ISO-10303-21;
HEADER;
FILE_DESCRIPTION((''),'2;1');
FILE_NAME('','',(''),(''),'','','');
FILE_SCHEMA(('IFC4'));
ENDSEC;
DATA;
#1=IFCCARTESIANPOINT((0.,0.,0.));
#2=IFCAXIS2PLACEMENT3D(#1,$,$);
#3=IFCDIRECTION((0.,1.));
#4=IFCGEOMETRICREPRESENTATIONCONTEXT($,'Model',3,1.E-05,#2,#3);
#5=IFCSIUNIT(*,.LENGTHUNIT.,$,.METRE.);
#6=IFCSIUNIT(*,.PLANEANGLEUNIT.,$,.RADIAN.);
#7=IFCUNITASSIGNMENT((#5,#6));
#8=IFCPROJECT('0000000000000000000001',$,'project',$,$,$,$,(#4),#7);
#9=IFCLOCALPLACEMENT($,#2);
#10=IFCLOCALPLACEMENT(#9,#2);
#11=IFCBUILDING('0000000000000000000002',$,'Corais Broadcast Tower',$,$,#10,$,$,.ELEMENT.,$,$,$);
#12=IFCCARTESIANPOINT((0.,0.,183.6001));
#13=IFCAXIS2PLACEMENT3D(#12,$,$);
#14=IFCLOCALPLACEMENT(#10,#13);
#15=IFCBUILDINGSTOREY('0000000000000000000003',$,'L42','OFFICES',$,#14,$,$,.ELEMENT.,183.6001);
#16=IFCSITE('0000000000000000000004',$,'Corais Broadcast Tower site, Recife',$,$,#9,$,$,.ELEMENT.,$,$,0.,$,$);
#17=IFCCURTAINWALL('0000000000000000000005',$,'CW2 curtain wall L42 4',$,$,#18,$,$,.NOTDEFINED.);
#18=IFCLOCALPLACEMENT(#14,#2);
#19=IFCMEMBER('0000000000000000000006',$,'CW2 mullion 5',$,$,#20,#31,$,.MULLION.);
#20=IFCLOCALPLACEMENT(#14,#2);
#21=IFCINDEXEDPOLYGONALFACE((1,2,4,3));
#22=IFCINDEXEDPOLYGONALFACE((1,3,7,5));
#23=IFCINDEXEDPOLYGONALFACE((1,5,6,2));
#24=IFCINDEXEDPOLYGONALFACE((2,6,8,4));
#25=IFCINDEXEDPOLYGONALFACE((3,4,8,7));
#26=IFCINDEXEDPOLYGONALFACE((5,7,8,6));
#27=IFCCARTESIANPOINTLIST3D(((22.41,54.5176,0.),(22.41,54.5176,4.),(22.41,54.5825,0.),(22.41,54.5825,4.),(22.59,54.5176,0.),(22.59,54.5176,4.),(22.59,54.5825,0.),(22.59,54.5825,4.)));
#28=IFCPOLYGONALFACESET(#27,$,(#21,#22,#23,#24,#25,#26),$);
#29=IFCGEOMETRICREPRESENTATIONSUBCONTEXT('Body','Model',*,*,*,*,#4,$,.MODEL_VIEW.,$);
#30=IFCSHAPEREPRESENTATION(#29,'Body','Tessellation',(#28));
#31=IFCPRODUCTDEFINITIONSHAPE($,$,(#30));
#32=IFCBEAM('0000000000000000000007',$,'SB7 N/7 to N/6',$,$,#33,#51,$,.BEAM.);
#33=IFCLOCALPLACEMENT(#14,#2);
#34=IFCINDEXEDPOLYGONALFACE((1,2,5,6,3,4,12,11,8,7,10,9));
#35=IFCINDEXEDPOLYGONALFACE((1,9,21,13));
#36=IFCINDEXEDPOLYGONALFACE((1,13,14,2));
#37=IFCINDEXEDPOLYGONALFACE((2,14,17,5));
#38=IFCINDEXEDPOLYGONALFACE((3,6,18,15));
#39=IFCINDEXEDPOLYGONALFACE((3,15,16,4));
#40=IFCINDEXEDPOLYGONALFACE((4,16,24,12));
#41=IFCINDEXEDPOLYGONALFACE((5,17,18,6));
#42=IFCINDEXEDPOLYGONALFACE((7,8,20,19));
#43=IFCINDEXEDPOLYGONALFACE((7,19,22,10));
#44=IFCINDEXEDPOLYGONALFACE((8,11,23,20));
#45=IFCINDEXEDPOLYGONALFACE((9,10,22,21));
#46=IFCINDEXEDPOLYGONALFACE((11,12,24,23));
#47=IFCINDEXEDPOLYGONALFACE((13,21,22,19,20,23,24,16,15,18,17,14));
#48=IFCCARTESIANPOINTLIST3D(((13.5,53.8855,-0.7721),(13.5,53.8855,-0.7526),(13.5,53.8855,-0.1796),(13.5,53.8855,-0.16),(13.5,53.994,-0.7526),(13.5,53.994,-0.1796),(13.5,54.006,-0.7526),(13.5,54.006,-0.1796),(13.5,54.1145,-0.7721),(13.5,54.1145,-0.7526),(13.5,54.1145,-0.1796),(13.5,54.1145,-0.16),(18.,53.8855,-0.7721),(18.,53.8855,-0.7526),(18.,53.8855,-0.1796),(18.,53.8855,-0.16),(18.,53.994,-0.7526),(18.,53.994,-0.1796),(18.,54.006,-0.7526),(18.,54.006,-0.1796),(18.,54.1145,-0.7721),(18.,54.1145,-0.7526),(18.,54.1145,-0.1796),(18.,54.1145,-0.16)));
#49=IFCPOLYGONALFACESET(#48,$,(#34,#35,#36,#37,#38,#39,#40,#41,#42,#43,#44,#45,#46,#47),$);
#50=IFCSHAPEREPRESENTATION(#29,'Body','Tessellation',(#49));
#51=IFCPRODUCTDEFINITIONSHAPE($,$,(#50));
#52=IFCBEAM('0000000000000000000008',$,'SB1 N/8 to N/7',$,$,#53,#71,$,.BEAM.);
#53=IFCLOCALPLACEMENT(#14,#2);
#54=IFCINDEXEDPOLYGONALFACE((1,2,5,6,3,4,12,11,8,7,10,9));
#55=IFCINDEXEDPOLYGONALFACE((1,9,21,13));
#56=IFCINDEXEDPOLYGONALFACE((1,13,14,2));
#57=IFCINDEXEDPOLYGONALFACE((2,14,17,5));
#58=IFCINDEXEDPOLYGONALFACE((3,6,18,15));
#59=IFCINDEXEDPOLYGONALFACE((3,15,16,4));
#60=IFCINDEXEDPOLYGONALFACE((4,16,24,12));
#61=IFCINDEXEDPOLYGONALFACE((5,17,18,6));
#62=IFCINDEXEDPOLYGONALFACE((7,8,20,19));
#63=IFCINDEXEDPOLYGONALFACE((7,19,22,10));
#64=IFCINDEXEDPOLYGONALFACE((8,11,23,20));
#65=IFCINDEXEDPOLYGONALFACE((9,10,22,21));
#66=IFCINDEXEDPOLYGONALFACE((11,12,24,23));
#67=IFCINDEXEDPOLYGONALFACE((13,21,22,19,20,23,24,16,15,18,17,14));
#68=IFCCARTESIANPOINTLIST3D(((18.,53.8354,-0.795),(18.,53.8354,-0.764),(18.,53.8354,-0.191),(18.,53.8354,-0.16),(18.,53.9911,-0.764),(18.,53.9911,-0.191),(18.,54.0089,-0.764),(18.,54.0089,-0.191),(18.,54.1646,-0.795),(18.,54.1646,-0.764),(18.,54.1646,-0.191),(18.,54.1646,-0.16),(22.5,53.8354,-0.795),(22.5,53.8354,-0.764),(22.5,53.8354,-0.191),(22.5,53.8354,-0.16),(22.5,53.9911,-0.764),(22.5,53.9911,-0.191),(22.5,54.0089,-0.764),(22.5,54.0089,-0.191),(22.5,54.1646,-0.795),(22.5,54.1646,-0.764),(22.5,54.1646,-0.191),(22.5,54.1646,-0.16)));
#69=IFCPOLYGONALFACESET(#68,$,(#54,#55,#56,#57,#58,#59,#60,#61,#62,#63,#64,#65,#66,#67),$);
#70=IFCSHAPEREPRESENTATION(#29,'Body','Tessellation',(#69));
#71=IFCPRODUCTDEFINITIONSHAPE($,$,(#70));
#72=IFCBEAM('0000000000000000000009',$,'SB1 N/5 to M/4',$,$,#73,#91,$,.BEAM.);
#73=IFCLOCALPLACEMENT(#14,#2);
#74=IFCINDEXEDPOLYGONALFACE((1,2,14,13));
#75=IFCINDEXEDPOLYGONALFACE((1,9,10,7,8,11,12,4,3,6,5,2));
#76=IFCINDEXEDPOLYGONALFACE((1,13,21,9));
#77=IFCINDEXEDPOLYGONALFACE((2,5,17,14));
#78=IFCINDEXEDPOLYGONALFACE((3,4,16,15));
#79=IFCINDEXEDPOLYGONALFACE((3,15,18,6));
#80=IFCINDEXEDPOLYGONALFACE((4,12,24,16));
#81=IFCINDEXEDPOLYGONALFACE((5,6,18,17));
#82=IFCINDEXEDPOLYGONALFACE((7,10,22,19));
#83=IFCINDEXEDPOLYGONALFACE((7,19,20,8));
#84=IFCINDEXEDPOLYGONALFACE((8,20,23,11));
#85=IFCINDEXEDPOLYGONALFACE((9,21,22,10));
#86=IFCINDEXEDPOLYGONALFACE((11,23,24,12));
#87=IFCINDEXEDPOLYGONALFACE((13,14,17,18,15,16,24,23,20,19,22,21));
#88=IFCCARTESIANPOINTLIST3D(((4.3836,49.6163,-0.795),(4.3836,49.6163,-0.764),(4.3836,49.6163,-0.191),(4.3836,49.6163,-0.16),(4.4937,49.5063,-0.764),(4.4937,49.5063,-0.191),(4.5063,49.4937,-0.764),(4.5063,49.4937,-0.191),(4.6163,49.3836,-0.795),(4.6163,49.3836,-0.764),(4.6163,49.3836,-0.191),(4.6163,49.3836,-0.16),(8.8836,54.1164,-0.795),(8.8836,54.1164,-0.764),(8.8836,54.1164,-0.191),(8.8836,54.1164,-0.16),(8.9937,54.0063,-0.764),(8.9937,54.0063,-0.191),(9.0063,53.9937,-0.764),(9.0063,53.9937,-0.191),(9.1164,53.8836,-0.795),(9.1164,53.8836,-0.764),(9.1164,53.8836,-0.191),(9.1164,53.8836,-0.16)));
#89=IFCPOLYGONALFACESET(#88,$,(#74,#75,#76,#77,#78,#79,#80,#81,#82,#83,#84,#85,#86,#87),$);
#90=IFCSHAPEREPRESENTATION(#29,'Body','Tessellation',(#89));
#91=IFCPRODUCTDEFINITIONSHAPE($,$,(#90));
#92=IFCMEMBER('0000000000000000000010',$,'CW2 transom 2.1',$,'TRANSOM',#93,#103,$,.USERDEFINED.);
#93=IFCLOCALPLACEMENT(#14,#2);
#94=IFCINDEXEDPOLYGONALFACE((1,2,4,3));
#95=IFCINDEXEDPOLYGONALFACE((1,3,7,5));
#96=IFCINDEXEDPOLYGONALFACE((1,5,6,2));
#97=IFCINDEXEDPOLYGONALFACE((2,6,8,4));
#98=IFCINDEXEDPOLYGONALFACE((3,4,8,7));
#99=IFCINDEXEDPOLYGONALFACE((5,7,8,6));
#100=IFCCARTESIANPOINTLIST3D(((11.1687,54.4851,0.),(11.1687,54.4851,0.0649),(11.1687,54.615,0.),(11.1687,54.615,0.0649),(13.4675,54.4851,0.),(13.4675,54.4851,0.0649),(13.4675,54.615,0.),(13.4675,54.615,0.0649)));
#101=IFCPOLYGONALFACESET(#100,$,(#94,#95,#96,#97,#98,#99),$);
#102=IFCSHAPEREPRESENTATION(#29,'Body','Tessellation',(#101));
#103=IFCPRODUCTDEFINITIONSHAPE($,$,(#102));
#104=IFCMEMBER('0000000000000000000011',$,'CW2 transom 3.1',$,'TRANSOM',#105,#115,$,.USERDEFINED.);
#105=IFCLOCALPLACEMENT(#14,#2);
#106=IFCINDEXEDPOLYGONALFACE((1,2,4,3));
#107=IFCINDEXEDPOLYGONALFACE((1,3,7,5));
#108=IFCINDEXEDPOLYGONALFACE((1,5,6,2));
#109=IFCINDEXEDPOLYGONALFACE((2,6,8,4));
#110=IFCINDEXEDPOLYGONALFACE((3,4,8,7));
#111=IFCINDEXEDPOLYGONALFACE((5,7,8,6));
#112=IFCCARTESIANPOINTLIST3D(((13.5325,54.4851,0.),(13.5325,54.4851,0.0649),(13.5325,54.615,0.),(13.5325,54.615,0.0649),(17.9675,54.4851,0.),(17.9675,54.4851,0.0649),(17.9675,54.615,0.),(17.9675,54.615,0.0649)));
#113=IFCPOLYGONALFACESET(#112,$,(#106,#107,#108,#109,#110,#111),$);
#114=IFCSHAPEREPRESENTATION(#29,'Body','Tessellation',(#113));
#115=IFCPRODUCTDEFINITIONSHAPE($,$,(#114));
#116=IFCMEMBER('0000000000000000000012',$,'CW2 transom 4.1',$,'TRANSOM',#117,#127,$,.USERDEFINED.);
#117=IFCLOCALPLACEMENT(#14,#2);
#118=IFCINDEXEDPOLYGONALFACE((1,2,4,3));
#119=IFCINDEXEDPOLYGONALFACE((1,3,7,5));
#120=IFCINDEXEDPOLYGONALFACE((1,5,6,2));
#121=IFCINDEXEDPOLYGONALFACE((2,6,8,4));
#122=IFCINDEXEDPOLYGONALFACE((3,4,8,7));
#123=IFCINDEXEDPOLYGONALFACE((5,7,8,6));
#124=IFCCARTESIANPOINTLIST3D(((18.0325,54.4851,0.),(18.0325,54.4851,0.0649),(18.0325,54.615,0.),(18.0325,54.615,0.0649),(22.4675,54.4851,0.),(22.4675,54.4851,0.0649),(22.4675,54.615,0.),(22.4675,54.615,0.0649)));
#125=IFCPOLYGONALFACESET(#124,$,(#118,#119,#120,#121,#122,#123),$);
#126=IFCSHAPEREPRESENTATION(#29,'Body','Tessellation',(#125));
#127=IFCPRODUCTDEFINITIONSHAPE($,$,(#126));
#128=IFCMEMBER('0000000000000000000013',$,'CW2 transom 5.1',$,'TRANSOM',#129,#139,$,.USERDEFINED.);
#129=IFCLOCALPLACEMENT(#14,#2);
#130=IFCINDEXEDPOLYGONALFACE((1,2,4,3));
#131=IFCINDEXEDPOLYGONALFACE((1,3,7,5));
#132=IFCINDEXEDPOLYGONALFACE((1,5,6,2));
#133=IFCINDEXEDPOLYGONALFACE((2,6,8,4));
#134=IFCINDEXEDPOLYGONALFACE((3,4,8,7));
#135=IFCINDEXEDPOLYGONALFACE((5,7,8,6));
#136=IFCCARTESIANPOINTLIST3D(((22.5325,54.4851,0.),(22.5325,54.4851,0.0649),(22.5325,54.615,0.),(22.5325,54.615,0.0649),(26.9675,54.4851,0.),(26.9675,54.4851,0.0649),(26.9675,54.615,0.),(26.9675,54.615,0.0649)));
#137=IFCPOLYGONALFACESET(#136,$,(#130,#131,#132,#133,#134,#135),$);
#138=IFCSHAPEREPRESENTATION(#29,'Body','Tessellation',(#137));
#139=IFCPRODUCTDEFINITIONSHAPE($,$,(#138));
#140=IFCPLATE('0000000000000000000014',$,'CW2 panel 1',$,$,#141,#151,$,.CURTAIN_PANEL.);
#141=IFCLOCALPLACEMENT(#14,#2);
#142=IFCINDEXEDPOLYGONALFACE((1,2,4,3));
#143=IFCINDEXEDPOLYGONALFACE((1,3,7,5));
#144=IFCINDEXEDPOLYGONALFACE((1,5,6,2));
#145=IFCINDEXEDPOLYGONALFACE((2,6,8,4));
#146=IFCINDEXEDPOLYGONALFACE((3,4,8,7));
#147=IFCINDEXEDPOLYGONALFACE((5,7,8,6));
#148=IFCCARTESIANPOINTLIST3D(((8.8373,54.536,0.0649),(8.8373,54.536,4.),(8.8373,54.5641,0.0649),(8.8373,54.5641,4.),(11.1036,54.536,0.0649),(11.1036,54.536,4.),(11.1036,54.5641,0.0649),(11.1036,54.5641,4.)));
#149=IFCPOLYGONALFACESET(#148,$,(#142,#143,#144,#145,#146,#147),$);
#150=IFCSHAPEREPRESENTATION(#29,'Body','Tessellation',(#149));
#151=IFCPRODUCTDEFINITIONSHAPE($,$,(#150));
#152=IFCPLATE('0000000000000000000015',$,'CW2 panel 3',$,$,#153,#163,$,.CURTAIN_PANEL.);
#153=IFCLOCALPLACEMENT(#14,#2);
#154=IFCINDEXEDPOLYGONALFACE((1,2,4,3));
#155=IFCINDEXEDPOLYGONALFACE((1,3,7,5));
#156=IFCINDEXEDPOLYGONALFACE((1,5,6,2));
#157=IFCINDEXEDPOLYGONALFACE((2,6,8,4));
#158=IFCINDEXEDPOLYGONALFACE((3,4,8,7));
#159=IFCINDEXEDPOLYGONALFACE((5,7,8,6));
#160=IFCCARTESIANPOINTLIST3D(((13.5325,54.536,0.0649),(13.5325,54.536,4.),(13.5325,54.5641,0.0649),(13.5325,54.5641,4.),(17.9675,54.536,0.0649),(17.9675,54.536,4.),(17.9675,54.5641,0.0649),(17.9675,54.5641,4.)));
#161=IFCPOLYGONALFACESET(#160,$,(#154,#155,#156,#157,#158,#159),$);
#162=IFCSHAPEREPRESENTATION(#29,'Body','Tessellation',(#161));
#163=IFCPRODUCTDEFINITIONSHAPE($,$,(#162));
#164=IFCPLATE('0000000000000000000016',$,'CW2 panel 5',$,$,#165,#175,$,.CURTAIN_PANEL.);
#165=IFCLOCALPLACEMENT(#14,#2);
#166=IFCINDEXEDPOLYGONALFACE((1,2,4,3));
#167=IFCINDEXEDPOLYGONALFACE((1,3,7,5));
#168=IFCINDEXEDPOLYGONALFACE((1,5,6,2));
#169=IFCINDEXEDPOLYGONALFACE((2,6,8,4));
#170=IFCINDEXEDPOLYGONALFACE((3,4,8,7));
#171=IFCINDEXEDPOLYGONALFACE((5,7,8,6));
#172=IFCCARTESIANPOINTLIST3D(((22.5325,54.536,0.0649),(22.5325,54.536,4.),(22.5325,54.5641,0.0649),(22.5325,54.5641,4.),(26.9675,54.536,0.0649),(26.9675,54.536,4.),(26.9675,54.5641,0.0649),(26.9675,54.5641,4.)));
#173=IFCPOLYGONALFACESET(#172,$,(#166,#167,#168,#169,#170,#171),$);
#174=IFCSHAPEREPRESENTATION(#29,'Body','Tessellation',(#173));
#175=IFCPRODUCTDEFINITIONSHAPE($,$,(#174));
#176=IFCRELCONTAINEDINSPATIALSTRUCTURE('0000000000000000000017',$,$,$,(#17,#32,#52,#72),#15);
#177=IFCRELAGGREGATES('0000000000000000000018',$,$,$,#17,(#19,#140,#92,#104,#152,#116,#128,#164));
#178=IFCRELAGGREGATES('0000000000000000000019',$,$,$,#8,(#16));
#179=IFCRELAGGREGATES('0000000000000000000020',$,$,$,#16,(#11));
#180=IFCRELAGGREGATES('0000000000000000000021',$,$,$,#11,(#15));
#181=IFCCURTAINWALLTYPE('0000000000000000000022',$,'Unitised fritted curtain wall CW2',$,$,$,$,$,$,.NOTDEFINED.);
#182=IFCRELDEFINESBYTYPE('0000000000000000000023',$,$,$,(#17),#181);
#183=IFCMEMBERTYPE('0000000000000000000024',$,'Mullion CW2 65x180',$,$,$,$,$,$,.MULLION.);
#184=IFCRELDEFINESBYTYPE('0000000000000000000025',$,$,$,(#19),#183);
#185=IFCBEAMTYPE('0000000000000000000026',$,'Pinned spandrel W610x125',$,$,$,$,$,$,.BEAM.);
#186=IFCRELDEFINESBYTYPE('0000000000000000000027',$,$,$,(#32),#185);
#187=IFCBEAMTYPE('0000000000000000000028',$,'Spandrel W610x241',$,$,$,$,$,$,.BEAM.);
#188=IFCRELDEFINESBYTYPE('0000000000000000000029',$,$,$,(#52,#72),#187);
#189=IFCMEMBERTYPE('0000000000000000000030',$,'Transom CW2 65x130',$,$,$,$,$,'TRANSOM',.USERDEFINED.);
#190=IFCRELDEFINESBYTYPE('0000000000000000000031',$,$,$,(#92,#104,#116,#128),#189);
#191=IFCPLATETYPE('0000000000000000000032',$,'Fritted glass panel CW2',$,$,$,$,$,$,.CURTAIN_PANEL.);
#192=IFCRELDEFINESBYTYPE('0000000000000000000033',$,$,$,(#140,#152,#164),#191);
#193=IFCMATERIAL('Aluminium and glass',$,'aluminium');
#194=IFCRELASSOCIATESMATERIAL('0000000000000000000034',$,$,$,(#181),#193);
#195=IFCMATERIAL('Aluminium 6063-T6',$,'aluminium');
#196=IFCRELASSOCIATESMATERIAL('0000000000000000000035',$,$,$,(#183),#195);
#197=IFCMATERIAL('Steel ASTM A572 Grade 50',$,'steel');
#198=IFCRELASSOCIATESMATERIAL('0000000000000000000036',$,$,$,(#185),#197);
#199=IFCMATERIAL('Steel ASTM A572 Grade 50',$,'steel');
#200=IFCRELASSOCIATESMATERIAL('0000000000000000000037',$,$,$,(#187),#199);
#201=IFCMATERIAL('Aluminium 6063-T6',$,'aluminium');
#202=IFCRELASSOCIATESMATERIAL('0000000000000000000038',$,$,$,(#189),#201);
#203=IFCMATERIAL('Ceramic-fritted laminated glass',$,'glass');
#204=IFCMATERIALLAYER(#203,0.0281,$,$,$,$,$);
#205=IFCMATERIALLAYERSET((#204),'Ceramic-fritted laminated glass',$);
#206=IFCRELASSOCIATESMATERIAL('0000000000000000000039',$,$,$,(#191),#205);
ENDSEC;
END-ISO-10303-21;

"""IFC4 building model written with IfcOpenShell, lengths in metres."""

from ifc_helpers import new_model, si_unit, direction, frame, origin, origin_2d, place, context, subcontext, project, spatial, rectangle, i_section, extrude, material, layer, layer_set, material_profile, profile_set, type_object, element, aggregate, save


model = new_model("IFC4")

# Units and contexts
model_context = context("Model", 3, precision=1e-05, world=origin(), true_north=direction((0.0, 1.0)))
body_context = subcontext(model_context, "Body", "Model", "MODEL_VIEW")
ifc_project = project(units=[si_unit("LENGTHUNIT", "METRE"), si_unit("PLANEANGLEUNIT", "RADIAN")], contexts=[model_context])

# Site, building, storey
site_placement = place(None, origin())
site = spatial("IfcSite", under=ifc_project, at=site_placement, Name="Corais Broadcast Tower site, Recife", CompositionType="ELEMENT", RefElevation=0.0)
building_placement = place(site_placement, origin())
building = spatial("IfcBuilding", under=site, at=building_placement, Name="Corais Broadcast Tower", CompositionType="ELEMENT")
storey_placement = place(building_placement, frame((0.0, 0.0, 183.6001)))
storey = spatial("IfcBuildingStorey", under=building, at=storey_placement, Name="L42", Description="OFFICES", CompositionType="ELEMENT", Elevation=183.6001)

# Curtain wall, member
ifc_material_1 = material(Name="Aluminium and glass", Category="aluminium")
curtain_wall_type = type_object("IfcCurtainWallType", Name="Unitised fritted curtain wall CW2", PredefinedType="NOTDEFINED", material=ifc_material_1)
curtain_wall_placement = place(storey_placement, origin())
curtain_wall = element("IfcCurtainWall", 1, at=curtain_wall_placement, inside=storey, type_object=curtain_wall_type, Name="CW2 curtain wall L42 4", PredefinedType="NOTDEFINED")
ifc_material_2 = material(Name="Aluminium 6063-T6", Category="aluminium")
ifc_material_profile_1 = material_profile(ifc_material_2, rectangle(XDim=0.0649, YDim=0.1799, at=origin_2d()), Name="Mullion CW2 65x180")
ifc_profile_set_1 = profile_set([ifc_material_profile_1], Name="Aluminium 6063-T6")
member_type_1 = type_object("IfcMemberType", Name="Mullion CW2 65x180", PredefinedType="MULLION", material=ifc_profile_set_1)
member_1_placement = place(storey_placement, frame((22.5, 54.55, 0.0), z_axis=(0.0, 0.0, 1.0), x_axis=(0.0, 1.0, 0.0)))
member_1 = element("IfcMember", 2, at=member_1_placement, type_object=member_type_1, Name="CW2 mullion 5", PredefinedType="MULLION", context=body_context, shape_type="SweptSolid", body=[
    extrude(rectangle(XDim=0.0649, YDim=0.1799, at=origin_2d()), origin(), (0.0, 0.0, 1.0), 4.0),
])

# Beams
ifc_material_3 = material(Name="Steel ASTM A572 Grade 50", Category="steel")
ifc_material_profile_2 = material_profile(ifc_material_3, i_section(OverallWidth=0.229, OverallDepth=0.6121, WebThickness=0.012, FlangeThickness=0.0195, at=origin_2d()), Name="W610x125")
ifc_profile_set_2 = profile_set([ifc_material_profile_2], Name="Steel ASTM A572 Grade 50")
beam_type_1 = type_object("IfcBeamType", Name="Pinned spandrel W610x125", PredefinedType="BEAM", material=ifc_profile_set_2)
beam_1_placement = place(storey_placement, frame((18.0, 54.0, -0.4661), z_axis=(-1.0, 0.0, 0.0), x_axis=(0.0, -1.0, 0.0)))
element("IfcBeam", 3, at=beam_1_placement, inside=storey, type_object=beam_type_1, Name="SB7 N/7 to N/6", PredefinedType="BEAM", context=body_context, shape_type="SweptSolid", body=[
    extrude(i_section(OverallWidth=0.229, OverallDepth=0.6121, WebThickness=0.012, FlangeThickness=0.0195, at=origin_2d()), origin(), (0.0, 0.0, 1.0), 4.5),
])
ifc_material_4 = material(Name="Steel ASTM A572 Grade 50", Category="steel")
ifc_material_profile_3 = material_profile(ifc_material_4, i_section(OverallWidth=0.3291, OverallDepth=0.635, WebThickness=0.0178, FlangeThickness=0.031, at=origin_2d()), Name="W610x241")
ifc_profile_set_3 = profile_set([ifc_material_profile_3], Name="Steel ASTM A572 Grade 50")
beam_type_2 = type_object("IfcBeamType", Name="Spandrel W610x241", PredefinedType="BEAM", material=ifc_profile_set_3)
beam_2_placement = place(storey_placement, frame((22.5, 54.0, -0.4775), z_axis=(-1.0, 0.0, 0.0), x_axis=(0.0, -1.0, 0.0)))
element("IfcBeam", 4, at=beam_2_placement, inside=storey, type_object=beam_type_2, Name="SB1 N/8 to N/7", PredefinedType="BEAM", context=body_context, shape_type="SweptSolid", body=[
    extrude(i_section(OverallWidth=0.3291, OverallDepth=0.635, WebThickness=0.0178, FlangeThickness=0.031, at=origin_2d()), origin(), (0.0, 0.0, 1.0), 4.5),
])
beam_3_placement = place(storey_placement, frame((9.0, 54.0, -0.4775), z_axis=(-0.707107, -0.707107, 0.0), x_axis=(0.707107, -0.707107, 0.0)))
element("IfcBeam", 5, at=beam_3_placement, inside=storey, type_object=beam_type_2, Name="SB1 N/5 to M/4", PredefinedType="BEAM", context=body_context, shape_type="SweptSolid", body=[
    extrude(i_section(OverallWidth=0.3291, OverallDepth=0.635, WebThickness=0.0178, FlangeThickness=0.031, at=origin_2d()), origin(), (0.0, 0.0, 1.0), 6.364),
])

# Members
ifc_material_5 = material(Name="Aluminium 6063-T6", Category="aluminium")
ifc_material_profile_4 = material_profile(ifc_material_5, rectangle(XDim=0.1299, YDim=0.0649, at=origin_2d()), Name="Transom CW2 65x130")
ifc_profile_set_4 = profile_set([ifc_material_profile_4], Name="Aluminium 6063-T6")
member_type_2 = type_object("IfcMemberType", Name="Transom CW2 65x130", ElementType="TRANSOM", PredefinedType="USERDEFINED", material=ifc_profile_set_4)
member_2_placement = place(storey_placement, frame((11.1687, 54.55, 0.0325), z_axis=(1.0, 0.0, 0.0), x_axis=(0.0, 1.0, 0.0)))
member_2 = element("IfcMember", 6, at=member_2_placement, type_object=member_type_2, Name="CW2 transom 2.1", ObjectType="TRANSOM", PredefinedType="USERDEFINED", context=body_context, shape_type="SweptSolid", body=[
    extrude(rectangle(XDim=0.1299, YDim=0.0649, at=origin_2d()), origin(), (0.0, 0.0, 1.0), 2.2988),
])
member_3_placement = place(storey_placement, frame((13.5325, 54.55, 0.0325), z_axis=(1.0, 0.0, 0.0), x_axis=(0.0, 1.0, 0.0)))
member_3 = element("IfcMember", 7, at=member_3_placement, type_object=member_type_2, Name="CW2 transom 3.1", ObjectType="TRANSOM", PredefinedType="USERDEFINED", context=body_context, shape_type="SweptSolid", body=[
    extrude(rectangle(XDim=0.1299, YDim=0.0649, at=origin_2d()), origin(), (0.0, 0.0, 1.0), 4.4351),
])
member_4_placement = place(storey_placement, frame((18.0325, 54.55, 0.0325), z_axis=(1.0, 0.0, 0.0), x_axis=(0.0, 1.0, 0.0)))
member_4 = element("IfcMember", 8, at=member_4_placement, type_object=member_type_2, Name="CW2 transom 4.1", ObjectType="TRANSOM", PredefinedType="USERDEFINED", context=body_context, shape_type="SweptSolid", body=[
    extrude(rectangle(XDim=0.1299, YDim=0.0649, at=origin_2d()), origin(), (0.0, 0.0, 1.0), 4.4351),
])
member_5_placement = place(storey_placement, frame((22.5325, 54.55, 0.0325), z_axis=(1.0, 0.0, 0.0), x_axis=(0.0, 1.0, 0.0)))
member_5 = element("IfcMember", 9, at=member_5_placement, type_object=member_type_2, Name="CW2 transom 5.1", ObjectType="TRANSOM", PredefinedType="USERDEFINED", context=body_context, shape_type="SweptSolid", body=[
    extrude(rectangle(XDim=0.1299, YDim=0.0649, at=origin_2d()), origin(), (0.0, 0.0, 1.0), 4.4351),
])

# Plates
ifc_material_6 = material(Name="Ceramic-fritted laminated glass", Category="glass")
ifc_layer_1 = layer(ifc_material_6, 0.0281)
ifc_layer_set_1 = layer_set([ifc_layer_1], Name="Ceramic-fritted laminated glass")
plate_type_1 = type_object("IfcPlateType", Name="Fritted glass panel CW2", PredefinedType="CURTAIN_PANEL", material=ifc_layer_set_1)
plate_1_placement = place(storey_placement, frame((9.9705, 54.55, 0.0649), z_axis=(0.0, 0.0, 1.0), x_axis=(1.0, 0.0, 0.0)))
plate_1 = element("IfcPlate", 10, at=plate_1_placement, type_object=plate_type_1, Name="CW2 panel 1", PredefinedType="CURTAIN_PANEL", context=body_context, shape_type="SweptSolid", body=[
    extrude(rectangle(XDim=2.2664, YDim=0.0281, at=origin_2d()), origin(), (0.0, 0.0, 1.0), 3.9351),
])
plate_2_placement = place(storey_placement, frame((15.75, 54.55, 0.0649), z_axis=(0.0, 0.0, 1.0), x_axis=(1.0, 0.0, 0.0)))
plate_2 = element("IfcPlate", 11, at=plate_2_placement, type_object=plate_type_1, Name="CW2 panel 3", PredefinedType="CURTAIN_PANEL", context=body_context, shape_type="SweptSolid", body=[
    extrude(rectangle(XDim=4.4351, YDim=0.0281, at=origin_2d()), origin(), (0.0, 0.0, 1.0), 3.9351),
])
plate_3_placement = place(storey_placement, frame((24.75, 54.55, 0.0649), z_axis=(0.0, 0.0, 1.0), x_axis=(1.0, 0.0, 0.0)))
plate_3 = element("IfcPlate", 12, at=plate_3_placement, type_object=plate_type_1, Name="CW2 panel 5", PredefinedType="CURTAIN_PANEL", context=body_context, shape_type="SweptSolid", body=[
    extrude(rectangle(XDim=4.4351, YDim=0.0281, at=origin_2d()), origin(), (0.0, 0.0, 1.0), 3.9351),
])
aggregate(curtain_wall, [member_1, plate_1, member_2, member_3, plate_2, member_4, member_5, plate_3])

save(model, "model.ifc")
